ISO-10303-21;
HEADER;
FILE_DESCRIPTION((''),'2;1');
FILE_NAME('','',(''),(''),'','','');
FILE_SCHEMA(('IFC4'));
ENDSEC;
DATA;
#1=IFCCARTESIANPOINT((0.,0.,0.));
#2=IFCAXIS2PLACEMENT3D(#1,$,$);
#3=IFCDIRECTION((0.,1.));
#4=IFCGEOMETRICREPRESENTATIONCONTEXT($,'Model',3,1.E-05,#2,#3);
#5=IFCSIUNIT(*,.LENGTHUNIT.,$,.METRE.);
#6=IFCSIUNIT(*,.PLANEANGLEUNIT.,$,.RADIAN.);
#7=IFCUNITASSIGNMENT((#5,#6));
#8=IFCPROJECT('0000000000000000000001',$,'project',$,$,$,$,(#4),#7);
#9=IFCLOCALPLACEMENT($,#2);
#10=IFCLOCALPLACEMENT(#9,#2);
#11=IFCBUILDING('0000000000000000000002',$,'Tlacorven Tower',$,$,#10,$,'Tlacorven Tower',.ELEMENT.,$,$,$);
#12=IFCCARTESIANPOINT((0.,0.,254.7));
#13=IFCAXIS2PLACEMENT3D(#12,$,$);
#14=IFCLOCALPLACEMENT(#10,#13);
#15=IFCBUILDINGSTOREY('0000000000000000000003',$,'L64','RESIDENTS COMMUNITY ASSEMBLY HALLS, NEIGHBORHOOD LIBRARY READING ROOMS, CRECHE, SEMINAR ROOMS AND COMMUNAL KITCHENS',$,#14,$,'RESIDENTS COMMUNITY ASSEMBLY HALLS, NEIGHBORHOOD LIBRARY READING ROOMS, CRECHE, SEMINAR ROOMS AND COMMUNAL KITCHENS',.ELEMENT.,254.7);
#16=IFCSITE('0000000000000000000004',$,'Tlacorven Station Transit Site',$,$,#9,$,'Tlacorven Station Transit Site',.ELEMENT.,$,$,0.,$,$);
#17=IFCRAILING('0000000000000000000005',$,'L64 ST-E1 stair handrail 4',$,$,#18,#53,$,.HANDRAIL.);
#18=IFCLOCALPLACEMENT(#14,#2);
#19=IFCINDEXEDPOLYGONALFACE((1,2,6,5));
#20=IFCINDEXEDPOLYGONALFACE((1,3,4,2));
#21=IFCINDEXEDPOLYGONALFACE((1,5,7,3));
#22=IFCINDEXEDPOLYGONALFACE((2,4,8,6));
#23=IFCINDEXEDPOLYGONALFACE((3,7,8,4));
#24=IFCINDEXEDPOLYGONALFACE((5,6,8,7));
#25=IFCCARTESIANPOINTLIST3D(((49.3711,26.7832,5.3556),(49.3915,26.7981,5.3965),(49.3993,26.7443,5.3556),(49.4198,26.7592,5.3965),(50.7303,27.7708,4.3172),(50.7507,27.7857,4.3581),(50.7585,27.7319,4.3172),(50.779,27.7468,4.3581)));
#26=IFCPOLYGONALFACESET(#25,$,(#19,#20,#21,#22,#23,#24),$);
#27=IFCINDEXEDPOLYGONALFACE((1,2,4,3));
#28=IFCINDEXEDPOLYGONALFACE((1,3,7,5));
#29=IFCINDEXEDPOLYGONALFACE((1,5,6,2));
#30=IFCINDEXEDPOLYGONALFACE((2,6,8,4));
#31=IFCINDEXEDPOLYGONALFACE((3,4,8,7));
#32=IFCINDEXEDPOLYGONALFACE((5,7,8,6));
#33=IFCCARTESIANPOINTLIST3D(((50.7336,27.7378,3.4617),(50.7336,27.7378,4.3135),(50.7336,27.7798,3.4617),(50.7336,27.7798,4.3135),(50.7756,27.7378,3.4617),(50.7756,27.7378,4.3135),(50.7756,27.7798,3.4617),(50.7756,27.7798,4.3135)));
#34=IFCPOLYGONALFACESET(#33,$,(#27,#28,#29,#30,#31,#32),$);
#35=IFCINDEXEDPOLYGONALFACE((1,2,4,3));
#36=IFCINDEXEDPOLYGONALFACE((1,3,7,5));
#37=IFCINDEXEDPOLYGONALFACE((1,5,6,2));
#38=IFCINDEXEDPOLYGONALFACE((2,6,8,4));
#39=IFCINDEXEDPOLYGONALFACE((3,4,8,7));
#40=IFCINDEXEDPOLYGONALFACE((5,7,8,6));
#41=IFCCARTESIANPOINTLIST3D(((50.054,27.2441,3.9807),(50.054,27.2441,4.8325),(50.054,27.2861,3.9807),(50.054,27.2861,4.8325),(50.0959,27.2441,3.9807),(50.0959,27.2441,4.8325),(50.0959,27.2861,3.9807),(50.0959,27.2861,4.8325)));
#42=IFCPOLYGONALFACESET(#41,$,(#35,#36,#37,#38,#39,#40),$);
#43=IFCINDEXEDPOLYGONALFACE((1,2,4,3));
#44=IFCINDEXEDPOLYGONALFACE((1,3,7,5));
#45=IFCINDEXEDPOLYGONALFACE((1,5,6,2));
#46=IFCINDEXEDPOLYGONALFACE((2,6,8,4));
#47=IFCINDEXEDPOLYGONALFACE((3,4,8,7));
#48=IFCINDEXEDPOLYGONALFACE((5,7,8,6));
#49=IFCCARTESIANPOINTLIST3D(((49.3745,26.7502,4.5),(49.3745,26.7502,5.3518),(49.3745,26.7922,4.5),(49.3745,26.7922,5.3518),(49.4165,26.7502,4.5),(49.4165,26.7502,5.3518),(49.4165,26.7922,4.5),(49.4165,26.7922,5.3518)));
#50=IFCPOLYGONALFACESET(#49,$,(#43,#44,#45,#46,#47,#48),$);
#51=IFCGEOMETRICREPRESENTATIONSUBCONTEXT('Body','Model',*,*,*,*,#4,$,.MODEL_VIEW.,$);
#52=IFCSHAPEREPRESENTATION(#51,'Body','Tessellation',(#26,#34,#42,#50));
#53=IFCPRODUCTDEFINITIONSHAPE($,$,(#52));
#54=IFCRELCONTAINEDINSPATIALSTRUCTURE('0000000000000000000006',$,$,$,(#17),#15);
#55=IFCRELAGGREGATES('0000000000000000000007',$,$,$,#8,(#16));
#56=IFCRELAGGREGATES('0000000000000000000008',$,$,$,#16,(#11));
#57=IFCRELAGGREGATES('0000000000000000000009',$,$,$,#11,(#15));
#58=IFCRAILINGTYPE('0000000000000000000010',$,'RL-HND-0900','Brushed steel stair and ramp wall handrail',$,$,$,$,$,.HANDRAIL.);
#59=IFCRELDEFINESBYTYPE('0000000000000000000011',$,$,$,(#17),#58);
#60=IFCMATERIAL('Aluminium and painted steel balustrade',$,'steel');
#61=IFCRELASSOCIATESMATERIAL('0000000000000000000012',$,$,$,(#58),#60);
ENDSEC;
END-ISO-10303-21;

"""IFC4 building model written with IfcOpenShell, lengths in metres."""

from ifc_helpers import new_model, si_unit, direction, frame, origin, origin_2d, place, context, subcontext, project, spatial, rectangle, extrude, source, transform, mapped, material, type_object, element, save


model = new_model("IFC4")

# Units and contexts
model_context = context("Model", 3, precision=1e-05, world=origin(), true_north=direction((0.0, 1.0)))
body_context = subcontext(model_context, "Body", "Model", "MODEL_VIEW")
ifc_project = project(units=[si_unit("LENGTHUNIT", "METRE"), si_unit("PLANEANGLEUNIT", "RADIAN")], contexts=[model_context])

# Site, building, storey
site_placement = place(None, origin())
site = spatial("IfcSite", under=ifc_project, at=site_placement, Name="Tlacorven Station Transit Site", LongName="Tlacorven Station Transit Site", CompositionType="ELEMENT", RefElevation=0.0)
building_placement = place(site_placement, origin())
building = spatial("IfcBuilding", under=site, at=building_placement, Name="Tlacorven Tower", LongName="Tlacorven Tower", CompositionType="ELEMENT")
storey_placement = place(building_placement, frame((0.0, 0.0, 254.7)))
storey = spatial("IfcBuildingStorey", under=building, at=storey_placement, Name="L64", Description="RESIDENTS COMMUNITY ASSEMBLY HALLS, NEIGHBORHOOD LIBRARY READING ROOMS, CRECHE, SEMINAR ROOMS AND COMMUNAL KITCHENS", LongName="RESIDENTS COMMUNITY ASSEMBLY HALLS, NEIGHBORHOOD LIBRARY READING ROOMS, CRECHE, SEMINAR ROOMS AND COMMUNAL KITCHENS", CompositionType="ELEMENT", Elevation=254.7)

# Railing
ifc_material_1 = material(Name="Aluminium and painted steel balustrade", Category="steel")
railing_type_1 = type_object("IfcRailingType", Name="RL-HND-0900", Description="Brushed steel stair and ramp wall handrail", PredefinedType="HANDRAIL", material=ifc_material_1)
shared_shape_1 = source(origin(), body_context, "Body", "SweptSolid", [
    extrude(rectangle(XDim=0.0481, YDim=0.0481, at=origin_2d()), frame((0.0, 0.0, 0.876), z_axis=(-0.688168, -0.500025, 0.525737), x_axis=(0.587817, -0.808994, 0.0)), (0.0, 0.0, 1.0), 1.9751),
    extrude(rectangle(XDim=0.042, YDim=0.042, at=origin_2d()), origin(), (0.0, 0.0, 1.0), 0.8518),
    extrude(rectangle(XDim=0.042, YDim=0.042, at=origin_2d()), frame((-0.6797, -0.4937, 0.519)), (0.0, 0.0, 1.0), 0.8518),
    extrude(rectangle(XDim=0.042, YDim=0.042, at=origin_2d()), frame((-1.3591, -0.9875, 1.0383)), (0.0, 0.0, 1.0), 0.8518),
])
railing_1_placement = place(storey_placement, frame((50.7546, 27.7588, 3.4617)))
element("IfcRailing", 1, at=railing_1_placement, inside=storey, type_object=railing_type_1, Name="L64 ST-E1 stair handrail 4", PredefinedType="HANDRAIL", context=body_context, shape_type="MappedRepresentation", body=[
    mapped(shared_shape_1, transform((0.0, 0.0, 0.0), scale=1.0)),
])

save(model, "model.ifc")
